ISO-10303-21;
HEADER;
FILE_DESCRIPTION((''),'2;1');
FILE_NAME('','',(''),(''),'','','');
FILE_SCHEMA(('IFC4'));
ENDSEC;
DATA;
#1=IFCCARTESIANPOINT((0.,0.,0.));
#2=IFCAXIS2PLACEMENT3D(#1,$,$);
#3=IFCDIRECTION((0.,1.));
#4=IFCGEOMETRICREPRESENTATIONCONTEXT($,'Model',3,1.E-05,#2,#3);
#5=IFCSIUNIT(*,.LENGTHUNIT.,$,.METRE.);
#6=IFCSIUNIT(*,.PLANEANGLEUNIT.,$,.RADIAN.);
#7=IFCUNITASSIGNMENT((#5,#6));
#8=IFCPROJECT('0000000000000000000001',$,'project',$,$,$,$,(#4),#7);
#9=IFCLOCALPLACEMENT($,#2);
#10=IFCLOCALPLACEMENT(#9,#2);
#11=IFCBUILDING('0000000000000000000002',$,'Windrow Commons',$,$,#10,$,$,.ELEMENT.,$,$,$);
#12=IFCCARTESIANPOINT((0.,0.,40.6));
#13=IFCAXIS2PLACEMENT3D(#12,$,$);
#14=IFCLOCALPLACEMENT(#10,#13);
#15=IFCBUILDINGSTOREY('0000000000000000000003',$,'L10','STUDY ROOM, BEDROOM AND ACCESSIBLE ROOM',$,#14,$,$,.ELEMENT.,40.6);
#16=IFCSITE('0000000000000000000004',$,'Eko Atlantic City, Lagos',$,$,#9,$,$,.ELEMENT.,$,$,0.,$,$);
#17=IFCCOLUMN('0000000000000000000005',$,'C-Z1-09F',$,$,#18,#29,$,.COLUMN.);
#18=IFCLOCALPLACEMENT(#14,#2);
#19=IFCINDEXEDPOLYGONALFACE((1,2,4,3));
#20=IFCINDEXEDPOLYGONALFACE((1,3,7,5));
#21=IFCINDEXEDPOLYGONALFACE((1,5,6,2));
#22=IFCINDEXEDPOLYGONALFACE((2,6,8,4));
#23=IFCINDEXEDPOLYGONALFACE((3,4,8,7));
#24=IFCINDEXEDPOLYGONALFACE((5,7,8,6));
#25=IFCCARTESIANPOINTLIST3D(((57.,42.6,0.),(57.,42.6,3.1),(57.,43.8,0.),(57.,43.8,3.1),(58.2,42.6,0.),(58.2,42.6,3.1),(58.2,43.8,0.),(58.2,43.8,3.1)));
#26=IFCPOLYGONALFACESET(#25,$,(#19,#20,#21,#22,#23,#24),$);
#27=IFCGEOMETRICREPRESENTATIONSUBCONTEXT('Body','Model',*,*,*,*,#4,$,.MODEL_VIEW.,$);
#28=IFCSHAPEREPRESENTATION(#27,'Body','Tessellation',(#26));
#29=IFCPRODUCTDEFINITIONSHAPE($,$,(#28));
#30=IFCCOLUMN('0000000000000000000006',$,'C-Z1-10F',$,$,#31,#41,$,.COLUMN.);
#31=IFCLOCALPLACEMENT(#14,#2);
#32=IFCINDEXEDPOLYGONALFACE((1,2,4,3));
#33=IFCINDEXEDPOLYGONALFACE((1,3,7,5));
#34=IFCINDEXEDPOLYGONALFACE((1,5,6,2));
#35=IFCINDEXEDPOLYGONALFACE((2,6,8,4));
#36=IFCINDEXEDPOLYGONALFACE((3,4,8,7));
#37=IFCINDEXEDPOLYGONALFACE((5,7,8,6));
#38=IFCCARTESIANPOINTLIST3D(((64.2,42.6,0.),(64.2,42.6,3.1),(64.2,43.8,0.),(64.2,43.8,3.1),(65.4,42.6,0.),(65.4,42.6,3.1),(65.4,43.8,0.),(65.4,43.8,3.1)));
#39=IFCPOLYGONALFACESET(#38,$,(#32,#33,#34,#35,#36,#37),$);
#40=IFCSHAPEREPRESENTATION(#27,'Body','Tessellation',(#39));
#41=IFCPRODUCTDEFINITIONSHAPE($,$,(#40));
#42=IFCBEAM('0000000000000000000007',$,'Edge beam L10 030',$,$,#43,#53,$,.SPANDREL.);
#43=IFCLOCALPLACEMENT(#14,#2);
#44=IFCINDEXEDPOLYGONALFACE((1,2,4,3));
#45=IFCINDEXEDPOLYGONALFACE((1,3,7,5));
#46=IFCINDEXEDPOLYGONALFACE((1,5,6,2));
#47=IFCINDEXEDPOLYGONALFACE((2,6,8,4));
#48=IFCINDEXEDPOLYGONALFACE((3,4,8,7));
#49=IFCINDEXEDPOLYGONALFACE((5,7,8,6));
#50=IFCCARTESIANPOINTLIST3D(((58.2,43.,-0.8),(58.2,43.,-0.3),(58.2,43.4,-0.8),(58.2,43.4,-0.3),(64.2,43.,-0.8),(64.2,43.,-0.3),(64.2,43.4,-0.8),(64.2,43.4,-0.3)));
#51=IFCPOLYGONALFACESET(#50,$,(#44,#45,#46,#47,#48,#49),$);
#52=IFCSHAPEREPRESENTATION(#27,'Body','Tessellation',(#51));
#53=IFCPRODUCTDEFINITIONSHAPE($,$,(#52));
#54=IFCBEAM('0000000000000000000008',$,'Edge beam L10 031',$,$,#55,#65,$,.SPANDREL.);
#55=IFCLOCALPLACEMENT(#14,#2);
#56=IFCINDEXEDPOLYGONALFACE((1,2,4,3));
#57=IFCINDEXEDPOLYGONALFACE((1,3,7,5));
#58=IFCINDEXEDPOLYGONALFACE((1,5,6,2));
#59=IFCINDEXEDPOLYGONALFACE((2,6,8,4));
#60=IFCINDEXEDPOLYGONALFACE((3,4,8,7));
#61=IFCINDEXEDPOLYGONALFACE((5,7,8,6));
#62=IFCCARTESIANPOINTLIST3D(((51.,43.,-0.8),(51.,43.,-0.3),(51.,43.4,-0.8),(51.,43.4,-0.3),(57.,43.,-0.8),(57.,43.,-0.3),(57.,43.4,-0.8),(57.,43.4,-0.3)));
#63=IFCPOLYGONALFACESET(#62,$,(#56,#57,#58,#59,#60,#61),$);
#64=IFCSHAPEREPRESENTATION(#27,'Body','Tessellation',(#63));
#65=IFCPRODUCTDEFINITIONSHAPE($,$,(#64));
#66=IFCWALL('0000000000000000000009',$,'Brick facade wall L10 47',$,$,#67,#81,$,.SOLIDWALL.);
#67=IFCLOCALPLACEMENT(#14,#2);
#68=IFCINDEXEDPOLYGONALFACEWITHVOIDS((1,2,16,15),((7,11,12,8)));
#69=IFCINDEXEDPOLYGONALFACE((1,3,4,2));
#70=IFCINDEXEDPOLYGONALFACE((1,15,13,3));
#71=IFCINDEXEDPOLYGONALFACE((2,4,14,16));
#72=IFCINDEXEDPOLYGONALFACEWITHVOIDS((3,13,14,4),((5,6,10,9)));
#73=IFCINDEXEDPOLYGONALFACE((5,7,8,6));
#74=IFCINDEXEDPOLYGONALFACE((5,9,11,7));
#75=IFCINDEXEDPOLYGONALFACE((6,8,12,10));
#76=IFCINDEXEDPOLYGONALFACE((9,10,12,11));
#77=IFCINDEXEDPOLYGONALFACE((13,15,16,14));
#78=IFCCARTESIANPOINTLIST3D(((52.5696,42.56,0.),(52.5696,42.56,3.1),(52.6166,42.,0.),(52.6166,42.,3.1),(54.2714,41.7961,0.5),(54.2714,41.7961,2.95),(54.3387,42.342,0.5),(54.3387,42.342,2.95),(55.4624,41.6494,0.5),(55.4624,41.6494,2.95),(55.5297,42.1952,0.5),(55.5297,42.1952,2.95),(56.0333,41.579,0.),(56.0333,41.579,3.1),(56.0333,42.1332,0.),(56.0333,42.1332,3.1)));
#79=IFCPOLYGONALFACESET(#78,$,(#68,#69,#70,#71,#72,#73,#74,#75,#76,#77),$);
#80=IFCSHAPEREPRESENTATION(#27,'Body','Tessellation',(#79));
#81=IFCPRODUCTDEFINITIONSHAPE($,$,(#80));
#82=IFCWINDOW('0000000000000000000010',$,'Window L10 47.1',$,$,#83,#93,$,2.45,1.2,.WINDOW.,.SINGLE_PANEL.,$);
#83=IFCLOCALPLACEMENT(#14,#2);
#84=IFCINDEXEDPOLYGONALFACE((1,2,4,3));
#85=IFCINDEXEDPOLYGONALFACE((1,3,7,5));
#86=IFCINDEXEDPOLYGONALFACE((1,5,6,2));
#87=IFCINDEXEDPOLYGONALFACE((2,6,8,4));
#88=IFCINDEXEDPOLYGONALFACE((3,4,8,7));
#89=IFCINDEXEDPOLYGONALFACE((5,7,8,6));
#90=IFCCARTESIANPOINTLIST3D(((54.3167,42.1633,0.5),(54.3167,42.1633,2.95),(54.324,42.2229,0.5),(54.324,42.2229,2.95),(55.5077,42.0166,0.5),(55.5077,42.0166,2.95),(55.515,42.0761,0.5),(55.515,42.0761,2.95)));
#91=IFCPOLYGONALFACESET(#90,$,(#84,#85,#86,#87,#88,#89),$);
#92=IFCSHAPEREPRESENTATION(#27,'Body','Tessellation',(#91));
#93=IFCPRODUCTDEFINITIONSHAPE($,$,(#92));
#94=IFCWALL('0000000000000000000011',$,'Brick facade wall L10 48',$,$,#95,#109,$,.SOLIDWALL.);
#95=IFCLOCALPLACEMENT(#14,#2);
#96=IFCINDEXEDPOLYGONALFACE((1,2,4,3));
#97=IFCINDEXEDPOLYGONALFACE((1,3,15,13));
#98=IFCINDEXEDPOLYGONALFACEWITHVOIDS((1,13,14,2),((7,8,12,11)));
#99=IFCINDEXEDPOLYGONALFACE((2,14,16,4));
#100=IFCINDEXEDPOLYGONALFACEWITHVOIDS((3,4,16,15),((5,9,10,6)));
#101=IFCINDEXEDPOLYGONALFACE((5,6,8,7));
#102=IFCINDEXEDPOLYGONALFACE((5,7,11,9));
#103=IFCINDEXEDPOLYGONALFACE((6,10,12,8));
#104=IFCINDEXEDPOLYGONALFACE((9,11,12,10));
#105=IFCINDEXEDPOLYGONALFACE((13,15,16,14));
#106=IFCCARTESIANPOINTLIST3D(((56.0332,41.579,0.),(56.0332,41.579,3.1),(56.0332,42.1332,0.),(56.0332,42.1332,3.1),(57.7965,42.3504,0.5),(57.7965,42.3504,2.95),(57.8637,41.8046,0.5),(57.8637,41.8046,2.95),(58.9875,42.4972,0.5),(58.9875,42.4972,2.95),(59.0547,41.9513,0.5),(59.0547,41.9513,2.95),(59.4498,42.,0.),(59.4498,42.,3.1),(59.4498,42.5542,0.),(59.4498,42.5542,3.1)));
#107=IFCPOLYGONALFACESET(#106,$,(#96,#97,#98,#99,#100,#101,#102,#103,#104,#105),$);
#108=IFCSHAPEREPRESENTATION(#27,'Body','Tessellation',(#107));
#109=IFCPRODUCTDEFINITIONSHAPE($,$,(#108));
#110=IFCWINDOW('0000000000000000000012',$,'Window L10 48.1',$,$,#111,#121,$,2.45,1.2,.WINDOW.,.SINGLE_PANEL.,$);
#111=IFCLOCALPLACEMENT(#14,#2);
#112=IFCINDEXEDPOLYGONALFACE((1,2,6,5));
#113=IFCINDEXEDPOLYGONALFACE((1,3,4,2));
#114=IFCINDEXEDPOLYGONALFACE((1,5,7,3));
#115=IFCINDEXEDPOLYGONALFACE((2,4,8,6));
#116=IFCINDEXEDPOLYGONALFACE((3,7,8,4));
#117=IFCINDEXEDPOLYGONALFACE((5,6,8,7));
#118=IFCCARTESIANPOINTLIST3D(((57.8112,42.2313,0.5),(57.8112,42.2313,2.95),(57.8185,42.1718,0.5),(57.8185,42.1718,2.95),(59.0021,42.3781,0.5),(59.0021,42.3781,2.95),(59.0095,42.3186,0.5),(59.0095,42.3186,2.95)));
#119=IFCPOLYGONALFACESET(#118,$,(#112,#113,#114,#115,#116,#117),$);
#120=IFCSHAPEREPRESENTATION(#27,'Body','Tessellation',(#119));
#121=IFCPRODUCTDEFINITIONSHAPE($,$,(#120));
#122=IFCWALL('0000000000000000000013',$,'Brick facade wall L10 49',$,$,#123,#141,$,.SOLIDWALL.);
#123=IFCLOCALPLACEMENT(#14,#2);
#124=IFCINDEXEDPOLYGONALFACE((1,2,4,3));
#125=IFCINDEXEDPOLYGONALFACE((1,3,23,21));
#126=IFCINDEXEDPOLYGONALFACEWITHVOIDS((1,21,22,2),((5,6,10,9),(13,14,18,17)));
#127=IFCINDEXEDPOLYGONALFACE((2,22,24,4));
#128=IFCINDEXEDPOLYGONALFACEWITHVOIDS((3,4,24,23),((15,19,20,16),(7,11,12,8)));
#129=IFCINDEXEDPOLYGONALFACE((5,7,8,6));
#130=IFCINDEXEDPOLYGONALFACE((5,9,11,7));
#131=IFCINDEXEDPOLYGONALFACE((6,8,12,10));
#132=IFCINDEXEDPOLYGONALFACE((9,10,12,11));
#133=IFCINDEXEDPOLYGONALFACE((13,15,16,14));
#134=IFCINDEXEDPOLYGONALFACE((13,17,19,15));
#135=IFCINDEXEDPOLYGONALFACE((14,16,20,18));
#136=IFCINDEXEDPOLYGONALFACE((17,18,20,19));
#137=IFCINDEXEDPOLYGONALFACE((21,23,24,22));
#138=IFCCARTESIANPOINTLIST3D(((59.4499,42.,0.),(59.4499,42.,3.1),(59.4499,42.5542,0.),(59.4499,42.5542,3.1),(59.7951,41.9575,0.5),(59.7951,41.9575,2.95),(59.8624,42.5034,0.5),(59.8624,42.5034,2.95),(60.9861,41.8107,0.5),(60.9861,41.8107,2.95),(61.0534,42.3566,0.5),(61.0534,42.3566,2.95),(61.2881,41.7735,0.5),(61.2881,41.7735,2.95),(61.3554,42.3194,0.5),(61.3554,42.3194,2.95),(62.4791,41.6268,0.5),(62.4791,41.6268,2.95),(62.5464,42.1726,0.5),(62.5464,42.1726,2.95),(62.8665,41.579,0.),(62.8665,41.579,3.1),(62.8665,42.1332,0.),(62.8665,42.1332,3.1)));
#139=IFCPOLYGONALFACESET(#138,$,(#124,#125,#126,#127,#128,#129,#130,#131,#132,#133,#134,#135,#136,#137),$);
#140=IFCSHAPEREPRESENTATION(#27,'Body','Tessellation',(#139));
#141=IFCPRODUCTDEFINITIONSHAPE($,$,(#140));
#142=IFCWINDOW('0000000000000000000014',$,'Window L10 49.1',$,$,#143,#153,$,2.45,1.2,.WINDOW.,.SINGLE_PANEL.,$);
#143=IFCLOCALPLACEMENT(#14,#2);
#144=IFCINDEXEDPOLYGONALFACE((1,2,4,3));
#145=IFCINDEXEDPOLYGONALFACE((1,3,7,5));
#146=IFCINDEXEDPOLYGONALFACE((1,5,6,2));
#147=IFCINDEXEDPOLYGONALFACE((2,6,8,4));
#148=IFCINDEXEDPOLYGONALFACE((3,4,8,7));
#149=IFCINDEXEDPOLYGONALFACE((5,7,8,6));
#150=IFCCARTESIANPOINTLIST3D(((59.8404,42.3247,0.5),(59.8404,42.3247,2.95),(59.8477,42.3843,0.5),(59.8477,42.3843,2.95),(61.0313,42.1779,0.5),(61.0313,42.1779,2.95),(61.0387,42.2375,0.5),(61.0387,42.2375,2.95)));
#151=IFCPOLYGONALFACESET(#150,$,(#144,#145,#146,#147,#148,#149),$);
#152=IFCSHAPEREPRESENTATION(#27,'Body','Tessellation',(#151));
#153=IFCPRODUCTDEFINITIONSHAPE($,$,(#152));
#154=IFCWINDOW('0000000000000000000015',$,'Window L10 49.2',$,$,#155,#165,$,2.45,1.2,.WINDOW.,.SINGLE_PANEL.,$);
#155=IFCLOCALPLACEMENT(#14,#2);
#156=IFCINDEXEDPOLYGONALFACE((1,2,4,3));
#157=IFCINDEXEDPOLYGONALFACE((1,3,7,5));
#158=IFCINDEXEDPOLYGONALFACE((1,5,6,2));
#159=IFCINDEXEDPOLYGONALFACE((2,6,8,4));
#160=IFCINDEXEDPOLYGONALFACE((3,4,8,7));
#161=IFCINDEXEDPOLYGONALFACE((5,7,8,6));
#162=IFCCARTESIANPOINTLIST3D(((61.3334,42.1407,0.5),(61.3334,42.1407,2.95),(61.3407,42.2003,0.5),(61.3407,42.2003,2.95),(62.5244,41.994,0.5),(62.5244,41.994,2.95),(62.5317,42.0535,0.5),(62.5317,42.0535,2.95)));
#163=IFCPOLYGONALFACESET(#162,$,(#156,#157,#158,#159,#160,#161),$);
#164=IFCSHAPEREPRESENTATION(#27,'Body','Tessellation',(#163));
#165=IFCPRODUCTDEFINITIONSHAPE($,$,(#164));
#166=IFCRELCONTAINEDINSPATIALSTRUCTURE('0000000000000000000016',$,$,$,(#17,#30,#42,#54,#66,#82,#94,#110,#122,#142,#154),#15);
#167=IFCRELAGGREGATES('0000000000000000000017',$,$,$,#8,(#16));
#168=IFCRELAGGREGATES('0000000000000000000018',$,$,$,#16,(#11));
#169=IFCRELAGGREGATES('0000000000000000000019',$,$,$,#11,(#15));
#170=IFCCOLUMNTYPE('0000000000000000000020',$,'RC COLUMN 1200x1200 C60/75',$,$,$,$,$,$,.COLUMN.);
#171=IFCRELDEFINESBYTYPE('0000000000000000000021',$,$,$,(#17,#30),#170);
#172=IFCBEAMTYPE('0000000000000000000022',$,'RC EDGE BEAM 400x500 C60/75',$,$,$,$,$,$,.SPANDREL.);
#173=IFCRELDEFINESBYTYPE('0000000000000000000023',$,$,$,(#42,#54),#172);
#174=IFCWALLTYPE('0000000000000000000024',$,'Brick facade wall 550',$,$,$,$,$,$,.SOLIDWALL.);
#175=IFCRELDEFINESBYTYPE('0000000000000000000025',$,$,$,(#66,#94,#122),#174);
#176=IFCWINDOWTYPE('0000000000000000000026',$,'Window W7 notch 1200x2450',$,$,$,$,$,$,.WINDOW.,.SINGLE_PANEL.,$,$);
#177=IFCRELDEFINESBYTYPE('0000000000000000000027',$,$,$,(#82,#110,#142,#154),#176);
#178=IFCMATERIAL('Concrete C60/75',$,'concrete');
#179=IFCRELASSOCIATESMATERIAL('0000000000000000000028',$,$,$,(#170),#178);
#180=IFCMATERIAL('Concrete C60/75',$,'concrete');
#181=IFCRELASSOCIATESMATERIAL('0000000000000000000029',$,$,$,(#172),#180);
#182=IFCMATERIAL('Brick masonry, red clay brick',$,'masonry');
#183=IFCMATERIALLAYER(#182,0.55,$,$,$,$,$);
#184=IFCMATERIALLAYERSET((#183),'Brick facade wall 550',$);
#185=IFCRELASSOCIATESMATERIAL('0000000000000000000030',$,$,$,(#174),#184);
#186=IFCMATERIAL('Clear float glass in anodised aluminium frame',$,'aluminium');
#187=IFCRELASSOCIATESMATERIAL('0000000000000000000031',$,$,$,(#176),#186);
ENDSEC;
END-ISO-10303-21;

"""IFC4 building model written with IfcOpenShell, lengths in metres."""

from ifc_helpers import new_model, si_unit, direction, frame, frame_2d, origin, origin_2d, place, context, subcontext, project, spatial, polyline, rectangle, outline, extrude, material, layer, layer_set, material_profile, profile_set, type_object, element, fill, save


model = new_model("IFC4")

# Units and contexts
model_context = context("Model", 3, precision=1e-05, world=origin(), true_north=direction((0.0, 1.0)))
body_context = subcontext(model_context, "Body", "Model", "MODEL_VIEW")
ifc_project = project(units=[si_unit("LENGTHUNIT", "METRE"), si_unit("PLANEANGLEUNIT", "RADIAN")], contexts=[model_context])

# Site, building, storey
site_placement = place(None, origin())
site = spatial("IfcSite", under=ifc_project, at=site_placement, Name="Eko Atlantic City, Lagos", CompositionType="ELEMENT", RefElevation=0.0)
building_placement = place(site_placement, origin())
building = spatial("IfcBuilding", under=site, at=building_placement, Name="Windrow Commons", CompositionType="ELEMENT")
storey_placement = place(building_placement, frame((0.0, 0.0, 40.6)))
storey = spatial("IfcBuildingStorey", under=building, at=storey_placement, Name="L10", Description="STUDY ROOM, BEDROOM AND ACCESSIBLE ROOM", CompositionType="ELEMENT", Elevation=40.6)

# Columns
ifc_material_1 = material(Name="Concrete C60/75", Category="concrete")
ifc_material_profile_1 = material_profile(ifc_material_1, rectangle(XDim=1.2, YDim=1.2, at=origin_2d()))
ifc_profile_set_1 = profile_set([ifc_material_profile_1], Name="Concrete C60/75")
column_type = type_object("IfcColumnType", Name="RC COLUMN 1200x1200 C60/75", PredefinedType="COLUMN", material=ifc_profile_set_1)
for number, where, z_axis, x_axis, name in (
    (1, (57.6, 43.2, 0.0), (0.0, 0.0, 1.0), (1.0, 0.0, 0.0), "C-Z1-09F"),
    (2, (64.8, 43.2, 0.0), (0.0, 0.0, 1.0), (1.0, 0.0, 0.0), "C-Z1-10F"),
):
    element("IfcColumn", number, at=place(storey_placement, frame(where, z_axis=z_axis, x_axis=x_axis)), inside=storey, type_object=column_type, Name=name, PredefinedType="COLUMN", context=body_context, shape_type="SweptSolid", body=[
        extrude(rectangle(XDim=1.2, YDim=1.2, at=origin_2d()), origin(), (0.0, 0.0, 1.0), 3.1),
    ])

# Beams
ifc_material_2 = material(Name="Concrete C60/75", Category="concrete")
ifc_material_profile_2 = material_profile(ifc_material_2, rectangle(XDim=0.4, YDim=0.5, at=origin_2d()))
ifc_profile_set_2 = profile_set([ifc_material_profile_2], Name="Concrete C60/75")
beam_type = type_object("IfcBeamType", Name="RC EDGE BEAM 400x500 C60/75", PredefinedType="SPANDREL", material=ifc_profile_set_2)
for number, where, z_axis, x_axis, name in (
    (3, (64.2, 43.2, -0.55), (-1.0, 0.0, 0.0), (0.0, -1.0, 0.0), "Edge beam L10 030"),
    (4, (57.0, 43.2, -0.55), (-1.0, 0.0, 0.0), (0.0, -1.0, 0.0), "Edge beam L10 031"),
):
    element("IfcBeam", number, at=place(storey_placement, frame(where, z_axis=z_axis, x_axis=x_axis)), inside=storey, type_object=beam_type, Name=name, PredefinedType="SPANDREL", context=body_context, shape_type="SweptSolid", body=[
        extrude(rectangle(XDim=0.4, YDim=0.5, at=origin_2d()), origin(), (0.0, 0.0, 1.0), 6.0),
    ])

# Walls, openings, windows
ifc_material_3 = material(Name="Brick masonry, red clay brick", Category="masonry")
ifc_layer_1 = layer(ifc_material_3, 0.55)
ifc_layer_set_1 = layer_set([ifc_layer_1], Name="Brick facade wall 550")
wall_type_1 = type_object("IfcWallType", Name="Brick facade wall 550", PredefinedType="SOLIDWALL", material=ifc_layer_set_1)
wall_1_placement = place(storey_placement, frame((52.5931, 42.28, 0.0), z_axis=(0.0, 0.0, 1.0), x_axis=(0.992493, -0.122298, 0.0)))
wall_1 = element("IfcWall", 5, at=wall_1_placement, inside=storey, type_object=wall_type_1, Name="Brick facade wall L10 47", PredefinedType="SOLIDWALL", context=body_context, shape_type="SweptSolid", body=[
    extrude(outline(polyline([(0.0576, -0.275), (3.5001, -0.275), (3.4323, 0.275), (-0.0576, 0.275), (0.0576, -0.275)])), origin(), (0.0, 0.0, 1.0), 3.1),
])
opening_1_placement = place(wall_1_placement, frame((1.7249, 0.0, 0.5)))
opening_1 = element("IfcOpeningElement", 6, at=opening_1_placement, cuts=wall_1, PredefinedType="OPENING", context=body_context, shape_type="SweptSolid", body=[
    extrude(rectangle(XDim=1.2, YDim=2.45, at=frame_2d((0.6, 1.225))), frame((0.0, 0.285, 0.0), z_axis=(0.0, -1.0, 0.0), x_axis=(1.0, 0.0, 0.0)), (0.0, 0.0, 1.0), 0.57),
])
ifc_material_4 = material(Name="Clear float glass in anodised aluminium frame", Category="aluminium")
window_type = type_object("IfcWindowType", Name="Window W7 notch 1200x2450", PartitioningType="SINGLE_PANEL", PredefinedType="WINDOW", material=ifc_material_4)
window_1_placement = place(opening_1_placement, origin())
window_1 = element("IfcWindow", 7, at=window_1_placement, inside=storey, type_object=window_type, Name="Window L10 47.1", OverallHeight=2.45, OverallWidth=1.2, PartitioningType="SINGLE_PANEL", PredefinedType="WINDOW", context=body_context, shape_type="SweptSolid", body=[
    extrude(rectangle(XDim=1.2, YDim=2.45, at=frame_2d((0.6, 1.225))), frame((0.0, 0.155, 0.0), z_axis=(0.0, -1.0, 0.0), x_axis=(1.0, 0.0, 0.0)), (0.0, 0.0, 1.0), 0.06),
])
fill(opening_1, window_1)
wall_2_placement = place(storey_placement, frame((56.0332, 41.8561, 0.0), z_axis=(0.0, 0.0, 1.0), x_axis=(0.992494, 0.122293, 0.0)))
wall_2 = element("IfcWall", 8, at=wall_2_placement, inside=storey, type_object=wall_type_1, Name="Brick facade wall L10 48", PredefinedType="SOLIDWALL", context=body_context, shape_type="SweptSolid", body=[
    extrude(outline(polyline([(-0.0339, -0.275), (3.4086, -0.275), (3.4763, 0.275), (0.0339, 0.275), (-0.0339, -0.275)])), origin(), (0.0, 0.0, 1.0), 3.1),
])
opening_2_placement = place(wall_2_placement, frame((1.8105, 0.0, 0.5)))
opening_2 = element("IfcOpeningElement", 9, at=opening_2_placement, cuts=wall_2, PredefinedType="OPENING", context=body_context, shape_type="SweptSolid", body=[
    extrude(rectangle(XDim=1.2, YDim=2.45, at=frame_2d((0.6, 1.225))), frame((0.0, 0.285, 0.0), z_axis=(0.0, -1.0, 0.0), x_axis=(1.0, 0.0, 0.0)), (0.0, 0.0, 1.0), 0.57),
])
window_2_placement = place(opening_2_placement, origin())
window_2 = element("IfcWindow", 10, at=window_2_placement, inside=storey, type_object=window_type, Name="Window L10 48.1", OverallHeight=2.45, OverallWidth=1.2, PartitioningType="SINGLE_PANEL", PredefinedType="WINDOW", context=body_context, shape_type="SweptSolid", body=[
    extrude(rectangle(XDim=1.2, YDim=2.45, at=frame_2d((0.6, 1.225))), frame((0.0, 0.155, 0.0), z_axis=(0.0, -1.0, 0.0), x_axis=(1.0, 0.0, 0.0)), (0.0, 0.0, 1.0), 0.06),
])
fill(opening_2, window_2)

# Wall, openings, windows
wall_3_placement = place(storey_placement, frame((59.4499, 42.2771, 0.0), z_axis=(0.0, 0.0, 1.0), x_axis=(0.992494, -0.122297, 0.0)))
wall_3 = element("IfcWall", 11, at=wall_3_placement, inside=storey, type_object=wall_type_1, Name="Brick facade wall L10 49", PredefinedType="SOLIDWALL", context=body_context, shape_type="SweptSolid", body=[
    extrude(outline(polyline([(0.0339, -0.275), (3.4763, -0.275), (3.4086, 0.275), (-0.0339, 0.275), (0.0339, -0.275)])), origin(), (0.0, 0.0, 1.0), 3.1),
])
opening_3_placement = place(wall_3_placement, frame((0.3817, 0.0, 0.5)))
opening_3 = element("IfcOpeningElement", 12, at=opening_3_placement, cuts=wall_3, PredefinedType="OPENING", context=body_context, shape_type="SweptSolid", body=[
    extrude(rectangle(XDim=1.2, YDim=2.45, at=frame_2d((0.6, 1.225))), frame((0.0, 0.285, 0.0), z_axis=(0.0, -1.0, 0.0), x_axis=(1.0, 0.0, 0.0)), (0.0, 0.0, 1.0), 0.57),
])
opening_4_placement = place(wall_3_placement, frame((1.886, 0.0, 0.5)))
opening_4 = element("IfcOpeningElement", 13, at=opening_4_placement, cuts=wall_3, PredefinedType="OPENING", context=body_context, shape_type="SweptSolid", body=[
    extrude(rectangle(XDim=1.2, YDim=2.45, at=frame_2d((0.6, 1.225))), frame((0.0, 0.285, 0.0), z_axis=(0.0, -1.0, 0.0), x_axis=(1.0, 0.0, 0.0)), (0.0, 0.0, 1.0), 0.57),
])
window_3_placement = place(opening_3_placement, origin())
window_3 = element("IfcWindow", 14, at=window_3_placement, inside=storey, type_object=window_type, Name="Window L10 49.1", OverallHeight=2.45, OverallWidth=1.2, PartitioningType="SINGLE_PANEL", PredefinedType="WINDOW", context=body_context, shape_type="SweptSolid", body=[
    extrude(rectangle(XDim=1.2, YDim=2.45, at=frame_2d((0.6, 1.225))), frame((0.0, 0.155, 0.0), z_axis=(0.0, -1.0, 0.0), x_axis=(1.0, 0.0, 0.0)), (0.0, 0.0, 1.0), 0.06),
])
fill(opening_3, window_3)
window_4_placement = place(opening_4_placement, origin())
window_4 = element("IfcWindow", 15, at=window_4_placement, inside=storey, type_object=window_type, Name="Window L10 49.2", OverallHeight=2.45, OverallWidth=1.2, PartitioningType="SINGLE_PANEL", PredefinedType="WINDOW", context=body_context, shape_type="SweptSolid", body=[
    extrude(rectangle(XDim=1.2, YDim=2.45, at=frame_2d((0.6, 1.225))), frame((0.0, 0.155, 0.0), z_axis=(0.0, -1.0, 0.0), x_axis=(1.0, 0.0, 0.0)), (0.0, 0.0, 1.0), 0.06),
])
fill(opening_4, window_4)

save(model, "model.ifc")
